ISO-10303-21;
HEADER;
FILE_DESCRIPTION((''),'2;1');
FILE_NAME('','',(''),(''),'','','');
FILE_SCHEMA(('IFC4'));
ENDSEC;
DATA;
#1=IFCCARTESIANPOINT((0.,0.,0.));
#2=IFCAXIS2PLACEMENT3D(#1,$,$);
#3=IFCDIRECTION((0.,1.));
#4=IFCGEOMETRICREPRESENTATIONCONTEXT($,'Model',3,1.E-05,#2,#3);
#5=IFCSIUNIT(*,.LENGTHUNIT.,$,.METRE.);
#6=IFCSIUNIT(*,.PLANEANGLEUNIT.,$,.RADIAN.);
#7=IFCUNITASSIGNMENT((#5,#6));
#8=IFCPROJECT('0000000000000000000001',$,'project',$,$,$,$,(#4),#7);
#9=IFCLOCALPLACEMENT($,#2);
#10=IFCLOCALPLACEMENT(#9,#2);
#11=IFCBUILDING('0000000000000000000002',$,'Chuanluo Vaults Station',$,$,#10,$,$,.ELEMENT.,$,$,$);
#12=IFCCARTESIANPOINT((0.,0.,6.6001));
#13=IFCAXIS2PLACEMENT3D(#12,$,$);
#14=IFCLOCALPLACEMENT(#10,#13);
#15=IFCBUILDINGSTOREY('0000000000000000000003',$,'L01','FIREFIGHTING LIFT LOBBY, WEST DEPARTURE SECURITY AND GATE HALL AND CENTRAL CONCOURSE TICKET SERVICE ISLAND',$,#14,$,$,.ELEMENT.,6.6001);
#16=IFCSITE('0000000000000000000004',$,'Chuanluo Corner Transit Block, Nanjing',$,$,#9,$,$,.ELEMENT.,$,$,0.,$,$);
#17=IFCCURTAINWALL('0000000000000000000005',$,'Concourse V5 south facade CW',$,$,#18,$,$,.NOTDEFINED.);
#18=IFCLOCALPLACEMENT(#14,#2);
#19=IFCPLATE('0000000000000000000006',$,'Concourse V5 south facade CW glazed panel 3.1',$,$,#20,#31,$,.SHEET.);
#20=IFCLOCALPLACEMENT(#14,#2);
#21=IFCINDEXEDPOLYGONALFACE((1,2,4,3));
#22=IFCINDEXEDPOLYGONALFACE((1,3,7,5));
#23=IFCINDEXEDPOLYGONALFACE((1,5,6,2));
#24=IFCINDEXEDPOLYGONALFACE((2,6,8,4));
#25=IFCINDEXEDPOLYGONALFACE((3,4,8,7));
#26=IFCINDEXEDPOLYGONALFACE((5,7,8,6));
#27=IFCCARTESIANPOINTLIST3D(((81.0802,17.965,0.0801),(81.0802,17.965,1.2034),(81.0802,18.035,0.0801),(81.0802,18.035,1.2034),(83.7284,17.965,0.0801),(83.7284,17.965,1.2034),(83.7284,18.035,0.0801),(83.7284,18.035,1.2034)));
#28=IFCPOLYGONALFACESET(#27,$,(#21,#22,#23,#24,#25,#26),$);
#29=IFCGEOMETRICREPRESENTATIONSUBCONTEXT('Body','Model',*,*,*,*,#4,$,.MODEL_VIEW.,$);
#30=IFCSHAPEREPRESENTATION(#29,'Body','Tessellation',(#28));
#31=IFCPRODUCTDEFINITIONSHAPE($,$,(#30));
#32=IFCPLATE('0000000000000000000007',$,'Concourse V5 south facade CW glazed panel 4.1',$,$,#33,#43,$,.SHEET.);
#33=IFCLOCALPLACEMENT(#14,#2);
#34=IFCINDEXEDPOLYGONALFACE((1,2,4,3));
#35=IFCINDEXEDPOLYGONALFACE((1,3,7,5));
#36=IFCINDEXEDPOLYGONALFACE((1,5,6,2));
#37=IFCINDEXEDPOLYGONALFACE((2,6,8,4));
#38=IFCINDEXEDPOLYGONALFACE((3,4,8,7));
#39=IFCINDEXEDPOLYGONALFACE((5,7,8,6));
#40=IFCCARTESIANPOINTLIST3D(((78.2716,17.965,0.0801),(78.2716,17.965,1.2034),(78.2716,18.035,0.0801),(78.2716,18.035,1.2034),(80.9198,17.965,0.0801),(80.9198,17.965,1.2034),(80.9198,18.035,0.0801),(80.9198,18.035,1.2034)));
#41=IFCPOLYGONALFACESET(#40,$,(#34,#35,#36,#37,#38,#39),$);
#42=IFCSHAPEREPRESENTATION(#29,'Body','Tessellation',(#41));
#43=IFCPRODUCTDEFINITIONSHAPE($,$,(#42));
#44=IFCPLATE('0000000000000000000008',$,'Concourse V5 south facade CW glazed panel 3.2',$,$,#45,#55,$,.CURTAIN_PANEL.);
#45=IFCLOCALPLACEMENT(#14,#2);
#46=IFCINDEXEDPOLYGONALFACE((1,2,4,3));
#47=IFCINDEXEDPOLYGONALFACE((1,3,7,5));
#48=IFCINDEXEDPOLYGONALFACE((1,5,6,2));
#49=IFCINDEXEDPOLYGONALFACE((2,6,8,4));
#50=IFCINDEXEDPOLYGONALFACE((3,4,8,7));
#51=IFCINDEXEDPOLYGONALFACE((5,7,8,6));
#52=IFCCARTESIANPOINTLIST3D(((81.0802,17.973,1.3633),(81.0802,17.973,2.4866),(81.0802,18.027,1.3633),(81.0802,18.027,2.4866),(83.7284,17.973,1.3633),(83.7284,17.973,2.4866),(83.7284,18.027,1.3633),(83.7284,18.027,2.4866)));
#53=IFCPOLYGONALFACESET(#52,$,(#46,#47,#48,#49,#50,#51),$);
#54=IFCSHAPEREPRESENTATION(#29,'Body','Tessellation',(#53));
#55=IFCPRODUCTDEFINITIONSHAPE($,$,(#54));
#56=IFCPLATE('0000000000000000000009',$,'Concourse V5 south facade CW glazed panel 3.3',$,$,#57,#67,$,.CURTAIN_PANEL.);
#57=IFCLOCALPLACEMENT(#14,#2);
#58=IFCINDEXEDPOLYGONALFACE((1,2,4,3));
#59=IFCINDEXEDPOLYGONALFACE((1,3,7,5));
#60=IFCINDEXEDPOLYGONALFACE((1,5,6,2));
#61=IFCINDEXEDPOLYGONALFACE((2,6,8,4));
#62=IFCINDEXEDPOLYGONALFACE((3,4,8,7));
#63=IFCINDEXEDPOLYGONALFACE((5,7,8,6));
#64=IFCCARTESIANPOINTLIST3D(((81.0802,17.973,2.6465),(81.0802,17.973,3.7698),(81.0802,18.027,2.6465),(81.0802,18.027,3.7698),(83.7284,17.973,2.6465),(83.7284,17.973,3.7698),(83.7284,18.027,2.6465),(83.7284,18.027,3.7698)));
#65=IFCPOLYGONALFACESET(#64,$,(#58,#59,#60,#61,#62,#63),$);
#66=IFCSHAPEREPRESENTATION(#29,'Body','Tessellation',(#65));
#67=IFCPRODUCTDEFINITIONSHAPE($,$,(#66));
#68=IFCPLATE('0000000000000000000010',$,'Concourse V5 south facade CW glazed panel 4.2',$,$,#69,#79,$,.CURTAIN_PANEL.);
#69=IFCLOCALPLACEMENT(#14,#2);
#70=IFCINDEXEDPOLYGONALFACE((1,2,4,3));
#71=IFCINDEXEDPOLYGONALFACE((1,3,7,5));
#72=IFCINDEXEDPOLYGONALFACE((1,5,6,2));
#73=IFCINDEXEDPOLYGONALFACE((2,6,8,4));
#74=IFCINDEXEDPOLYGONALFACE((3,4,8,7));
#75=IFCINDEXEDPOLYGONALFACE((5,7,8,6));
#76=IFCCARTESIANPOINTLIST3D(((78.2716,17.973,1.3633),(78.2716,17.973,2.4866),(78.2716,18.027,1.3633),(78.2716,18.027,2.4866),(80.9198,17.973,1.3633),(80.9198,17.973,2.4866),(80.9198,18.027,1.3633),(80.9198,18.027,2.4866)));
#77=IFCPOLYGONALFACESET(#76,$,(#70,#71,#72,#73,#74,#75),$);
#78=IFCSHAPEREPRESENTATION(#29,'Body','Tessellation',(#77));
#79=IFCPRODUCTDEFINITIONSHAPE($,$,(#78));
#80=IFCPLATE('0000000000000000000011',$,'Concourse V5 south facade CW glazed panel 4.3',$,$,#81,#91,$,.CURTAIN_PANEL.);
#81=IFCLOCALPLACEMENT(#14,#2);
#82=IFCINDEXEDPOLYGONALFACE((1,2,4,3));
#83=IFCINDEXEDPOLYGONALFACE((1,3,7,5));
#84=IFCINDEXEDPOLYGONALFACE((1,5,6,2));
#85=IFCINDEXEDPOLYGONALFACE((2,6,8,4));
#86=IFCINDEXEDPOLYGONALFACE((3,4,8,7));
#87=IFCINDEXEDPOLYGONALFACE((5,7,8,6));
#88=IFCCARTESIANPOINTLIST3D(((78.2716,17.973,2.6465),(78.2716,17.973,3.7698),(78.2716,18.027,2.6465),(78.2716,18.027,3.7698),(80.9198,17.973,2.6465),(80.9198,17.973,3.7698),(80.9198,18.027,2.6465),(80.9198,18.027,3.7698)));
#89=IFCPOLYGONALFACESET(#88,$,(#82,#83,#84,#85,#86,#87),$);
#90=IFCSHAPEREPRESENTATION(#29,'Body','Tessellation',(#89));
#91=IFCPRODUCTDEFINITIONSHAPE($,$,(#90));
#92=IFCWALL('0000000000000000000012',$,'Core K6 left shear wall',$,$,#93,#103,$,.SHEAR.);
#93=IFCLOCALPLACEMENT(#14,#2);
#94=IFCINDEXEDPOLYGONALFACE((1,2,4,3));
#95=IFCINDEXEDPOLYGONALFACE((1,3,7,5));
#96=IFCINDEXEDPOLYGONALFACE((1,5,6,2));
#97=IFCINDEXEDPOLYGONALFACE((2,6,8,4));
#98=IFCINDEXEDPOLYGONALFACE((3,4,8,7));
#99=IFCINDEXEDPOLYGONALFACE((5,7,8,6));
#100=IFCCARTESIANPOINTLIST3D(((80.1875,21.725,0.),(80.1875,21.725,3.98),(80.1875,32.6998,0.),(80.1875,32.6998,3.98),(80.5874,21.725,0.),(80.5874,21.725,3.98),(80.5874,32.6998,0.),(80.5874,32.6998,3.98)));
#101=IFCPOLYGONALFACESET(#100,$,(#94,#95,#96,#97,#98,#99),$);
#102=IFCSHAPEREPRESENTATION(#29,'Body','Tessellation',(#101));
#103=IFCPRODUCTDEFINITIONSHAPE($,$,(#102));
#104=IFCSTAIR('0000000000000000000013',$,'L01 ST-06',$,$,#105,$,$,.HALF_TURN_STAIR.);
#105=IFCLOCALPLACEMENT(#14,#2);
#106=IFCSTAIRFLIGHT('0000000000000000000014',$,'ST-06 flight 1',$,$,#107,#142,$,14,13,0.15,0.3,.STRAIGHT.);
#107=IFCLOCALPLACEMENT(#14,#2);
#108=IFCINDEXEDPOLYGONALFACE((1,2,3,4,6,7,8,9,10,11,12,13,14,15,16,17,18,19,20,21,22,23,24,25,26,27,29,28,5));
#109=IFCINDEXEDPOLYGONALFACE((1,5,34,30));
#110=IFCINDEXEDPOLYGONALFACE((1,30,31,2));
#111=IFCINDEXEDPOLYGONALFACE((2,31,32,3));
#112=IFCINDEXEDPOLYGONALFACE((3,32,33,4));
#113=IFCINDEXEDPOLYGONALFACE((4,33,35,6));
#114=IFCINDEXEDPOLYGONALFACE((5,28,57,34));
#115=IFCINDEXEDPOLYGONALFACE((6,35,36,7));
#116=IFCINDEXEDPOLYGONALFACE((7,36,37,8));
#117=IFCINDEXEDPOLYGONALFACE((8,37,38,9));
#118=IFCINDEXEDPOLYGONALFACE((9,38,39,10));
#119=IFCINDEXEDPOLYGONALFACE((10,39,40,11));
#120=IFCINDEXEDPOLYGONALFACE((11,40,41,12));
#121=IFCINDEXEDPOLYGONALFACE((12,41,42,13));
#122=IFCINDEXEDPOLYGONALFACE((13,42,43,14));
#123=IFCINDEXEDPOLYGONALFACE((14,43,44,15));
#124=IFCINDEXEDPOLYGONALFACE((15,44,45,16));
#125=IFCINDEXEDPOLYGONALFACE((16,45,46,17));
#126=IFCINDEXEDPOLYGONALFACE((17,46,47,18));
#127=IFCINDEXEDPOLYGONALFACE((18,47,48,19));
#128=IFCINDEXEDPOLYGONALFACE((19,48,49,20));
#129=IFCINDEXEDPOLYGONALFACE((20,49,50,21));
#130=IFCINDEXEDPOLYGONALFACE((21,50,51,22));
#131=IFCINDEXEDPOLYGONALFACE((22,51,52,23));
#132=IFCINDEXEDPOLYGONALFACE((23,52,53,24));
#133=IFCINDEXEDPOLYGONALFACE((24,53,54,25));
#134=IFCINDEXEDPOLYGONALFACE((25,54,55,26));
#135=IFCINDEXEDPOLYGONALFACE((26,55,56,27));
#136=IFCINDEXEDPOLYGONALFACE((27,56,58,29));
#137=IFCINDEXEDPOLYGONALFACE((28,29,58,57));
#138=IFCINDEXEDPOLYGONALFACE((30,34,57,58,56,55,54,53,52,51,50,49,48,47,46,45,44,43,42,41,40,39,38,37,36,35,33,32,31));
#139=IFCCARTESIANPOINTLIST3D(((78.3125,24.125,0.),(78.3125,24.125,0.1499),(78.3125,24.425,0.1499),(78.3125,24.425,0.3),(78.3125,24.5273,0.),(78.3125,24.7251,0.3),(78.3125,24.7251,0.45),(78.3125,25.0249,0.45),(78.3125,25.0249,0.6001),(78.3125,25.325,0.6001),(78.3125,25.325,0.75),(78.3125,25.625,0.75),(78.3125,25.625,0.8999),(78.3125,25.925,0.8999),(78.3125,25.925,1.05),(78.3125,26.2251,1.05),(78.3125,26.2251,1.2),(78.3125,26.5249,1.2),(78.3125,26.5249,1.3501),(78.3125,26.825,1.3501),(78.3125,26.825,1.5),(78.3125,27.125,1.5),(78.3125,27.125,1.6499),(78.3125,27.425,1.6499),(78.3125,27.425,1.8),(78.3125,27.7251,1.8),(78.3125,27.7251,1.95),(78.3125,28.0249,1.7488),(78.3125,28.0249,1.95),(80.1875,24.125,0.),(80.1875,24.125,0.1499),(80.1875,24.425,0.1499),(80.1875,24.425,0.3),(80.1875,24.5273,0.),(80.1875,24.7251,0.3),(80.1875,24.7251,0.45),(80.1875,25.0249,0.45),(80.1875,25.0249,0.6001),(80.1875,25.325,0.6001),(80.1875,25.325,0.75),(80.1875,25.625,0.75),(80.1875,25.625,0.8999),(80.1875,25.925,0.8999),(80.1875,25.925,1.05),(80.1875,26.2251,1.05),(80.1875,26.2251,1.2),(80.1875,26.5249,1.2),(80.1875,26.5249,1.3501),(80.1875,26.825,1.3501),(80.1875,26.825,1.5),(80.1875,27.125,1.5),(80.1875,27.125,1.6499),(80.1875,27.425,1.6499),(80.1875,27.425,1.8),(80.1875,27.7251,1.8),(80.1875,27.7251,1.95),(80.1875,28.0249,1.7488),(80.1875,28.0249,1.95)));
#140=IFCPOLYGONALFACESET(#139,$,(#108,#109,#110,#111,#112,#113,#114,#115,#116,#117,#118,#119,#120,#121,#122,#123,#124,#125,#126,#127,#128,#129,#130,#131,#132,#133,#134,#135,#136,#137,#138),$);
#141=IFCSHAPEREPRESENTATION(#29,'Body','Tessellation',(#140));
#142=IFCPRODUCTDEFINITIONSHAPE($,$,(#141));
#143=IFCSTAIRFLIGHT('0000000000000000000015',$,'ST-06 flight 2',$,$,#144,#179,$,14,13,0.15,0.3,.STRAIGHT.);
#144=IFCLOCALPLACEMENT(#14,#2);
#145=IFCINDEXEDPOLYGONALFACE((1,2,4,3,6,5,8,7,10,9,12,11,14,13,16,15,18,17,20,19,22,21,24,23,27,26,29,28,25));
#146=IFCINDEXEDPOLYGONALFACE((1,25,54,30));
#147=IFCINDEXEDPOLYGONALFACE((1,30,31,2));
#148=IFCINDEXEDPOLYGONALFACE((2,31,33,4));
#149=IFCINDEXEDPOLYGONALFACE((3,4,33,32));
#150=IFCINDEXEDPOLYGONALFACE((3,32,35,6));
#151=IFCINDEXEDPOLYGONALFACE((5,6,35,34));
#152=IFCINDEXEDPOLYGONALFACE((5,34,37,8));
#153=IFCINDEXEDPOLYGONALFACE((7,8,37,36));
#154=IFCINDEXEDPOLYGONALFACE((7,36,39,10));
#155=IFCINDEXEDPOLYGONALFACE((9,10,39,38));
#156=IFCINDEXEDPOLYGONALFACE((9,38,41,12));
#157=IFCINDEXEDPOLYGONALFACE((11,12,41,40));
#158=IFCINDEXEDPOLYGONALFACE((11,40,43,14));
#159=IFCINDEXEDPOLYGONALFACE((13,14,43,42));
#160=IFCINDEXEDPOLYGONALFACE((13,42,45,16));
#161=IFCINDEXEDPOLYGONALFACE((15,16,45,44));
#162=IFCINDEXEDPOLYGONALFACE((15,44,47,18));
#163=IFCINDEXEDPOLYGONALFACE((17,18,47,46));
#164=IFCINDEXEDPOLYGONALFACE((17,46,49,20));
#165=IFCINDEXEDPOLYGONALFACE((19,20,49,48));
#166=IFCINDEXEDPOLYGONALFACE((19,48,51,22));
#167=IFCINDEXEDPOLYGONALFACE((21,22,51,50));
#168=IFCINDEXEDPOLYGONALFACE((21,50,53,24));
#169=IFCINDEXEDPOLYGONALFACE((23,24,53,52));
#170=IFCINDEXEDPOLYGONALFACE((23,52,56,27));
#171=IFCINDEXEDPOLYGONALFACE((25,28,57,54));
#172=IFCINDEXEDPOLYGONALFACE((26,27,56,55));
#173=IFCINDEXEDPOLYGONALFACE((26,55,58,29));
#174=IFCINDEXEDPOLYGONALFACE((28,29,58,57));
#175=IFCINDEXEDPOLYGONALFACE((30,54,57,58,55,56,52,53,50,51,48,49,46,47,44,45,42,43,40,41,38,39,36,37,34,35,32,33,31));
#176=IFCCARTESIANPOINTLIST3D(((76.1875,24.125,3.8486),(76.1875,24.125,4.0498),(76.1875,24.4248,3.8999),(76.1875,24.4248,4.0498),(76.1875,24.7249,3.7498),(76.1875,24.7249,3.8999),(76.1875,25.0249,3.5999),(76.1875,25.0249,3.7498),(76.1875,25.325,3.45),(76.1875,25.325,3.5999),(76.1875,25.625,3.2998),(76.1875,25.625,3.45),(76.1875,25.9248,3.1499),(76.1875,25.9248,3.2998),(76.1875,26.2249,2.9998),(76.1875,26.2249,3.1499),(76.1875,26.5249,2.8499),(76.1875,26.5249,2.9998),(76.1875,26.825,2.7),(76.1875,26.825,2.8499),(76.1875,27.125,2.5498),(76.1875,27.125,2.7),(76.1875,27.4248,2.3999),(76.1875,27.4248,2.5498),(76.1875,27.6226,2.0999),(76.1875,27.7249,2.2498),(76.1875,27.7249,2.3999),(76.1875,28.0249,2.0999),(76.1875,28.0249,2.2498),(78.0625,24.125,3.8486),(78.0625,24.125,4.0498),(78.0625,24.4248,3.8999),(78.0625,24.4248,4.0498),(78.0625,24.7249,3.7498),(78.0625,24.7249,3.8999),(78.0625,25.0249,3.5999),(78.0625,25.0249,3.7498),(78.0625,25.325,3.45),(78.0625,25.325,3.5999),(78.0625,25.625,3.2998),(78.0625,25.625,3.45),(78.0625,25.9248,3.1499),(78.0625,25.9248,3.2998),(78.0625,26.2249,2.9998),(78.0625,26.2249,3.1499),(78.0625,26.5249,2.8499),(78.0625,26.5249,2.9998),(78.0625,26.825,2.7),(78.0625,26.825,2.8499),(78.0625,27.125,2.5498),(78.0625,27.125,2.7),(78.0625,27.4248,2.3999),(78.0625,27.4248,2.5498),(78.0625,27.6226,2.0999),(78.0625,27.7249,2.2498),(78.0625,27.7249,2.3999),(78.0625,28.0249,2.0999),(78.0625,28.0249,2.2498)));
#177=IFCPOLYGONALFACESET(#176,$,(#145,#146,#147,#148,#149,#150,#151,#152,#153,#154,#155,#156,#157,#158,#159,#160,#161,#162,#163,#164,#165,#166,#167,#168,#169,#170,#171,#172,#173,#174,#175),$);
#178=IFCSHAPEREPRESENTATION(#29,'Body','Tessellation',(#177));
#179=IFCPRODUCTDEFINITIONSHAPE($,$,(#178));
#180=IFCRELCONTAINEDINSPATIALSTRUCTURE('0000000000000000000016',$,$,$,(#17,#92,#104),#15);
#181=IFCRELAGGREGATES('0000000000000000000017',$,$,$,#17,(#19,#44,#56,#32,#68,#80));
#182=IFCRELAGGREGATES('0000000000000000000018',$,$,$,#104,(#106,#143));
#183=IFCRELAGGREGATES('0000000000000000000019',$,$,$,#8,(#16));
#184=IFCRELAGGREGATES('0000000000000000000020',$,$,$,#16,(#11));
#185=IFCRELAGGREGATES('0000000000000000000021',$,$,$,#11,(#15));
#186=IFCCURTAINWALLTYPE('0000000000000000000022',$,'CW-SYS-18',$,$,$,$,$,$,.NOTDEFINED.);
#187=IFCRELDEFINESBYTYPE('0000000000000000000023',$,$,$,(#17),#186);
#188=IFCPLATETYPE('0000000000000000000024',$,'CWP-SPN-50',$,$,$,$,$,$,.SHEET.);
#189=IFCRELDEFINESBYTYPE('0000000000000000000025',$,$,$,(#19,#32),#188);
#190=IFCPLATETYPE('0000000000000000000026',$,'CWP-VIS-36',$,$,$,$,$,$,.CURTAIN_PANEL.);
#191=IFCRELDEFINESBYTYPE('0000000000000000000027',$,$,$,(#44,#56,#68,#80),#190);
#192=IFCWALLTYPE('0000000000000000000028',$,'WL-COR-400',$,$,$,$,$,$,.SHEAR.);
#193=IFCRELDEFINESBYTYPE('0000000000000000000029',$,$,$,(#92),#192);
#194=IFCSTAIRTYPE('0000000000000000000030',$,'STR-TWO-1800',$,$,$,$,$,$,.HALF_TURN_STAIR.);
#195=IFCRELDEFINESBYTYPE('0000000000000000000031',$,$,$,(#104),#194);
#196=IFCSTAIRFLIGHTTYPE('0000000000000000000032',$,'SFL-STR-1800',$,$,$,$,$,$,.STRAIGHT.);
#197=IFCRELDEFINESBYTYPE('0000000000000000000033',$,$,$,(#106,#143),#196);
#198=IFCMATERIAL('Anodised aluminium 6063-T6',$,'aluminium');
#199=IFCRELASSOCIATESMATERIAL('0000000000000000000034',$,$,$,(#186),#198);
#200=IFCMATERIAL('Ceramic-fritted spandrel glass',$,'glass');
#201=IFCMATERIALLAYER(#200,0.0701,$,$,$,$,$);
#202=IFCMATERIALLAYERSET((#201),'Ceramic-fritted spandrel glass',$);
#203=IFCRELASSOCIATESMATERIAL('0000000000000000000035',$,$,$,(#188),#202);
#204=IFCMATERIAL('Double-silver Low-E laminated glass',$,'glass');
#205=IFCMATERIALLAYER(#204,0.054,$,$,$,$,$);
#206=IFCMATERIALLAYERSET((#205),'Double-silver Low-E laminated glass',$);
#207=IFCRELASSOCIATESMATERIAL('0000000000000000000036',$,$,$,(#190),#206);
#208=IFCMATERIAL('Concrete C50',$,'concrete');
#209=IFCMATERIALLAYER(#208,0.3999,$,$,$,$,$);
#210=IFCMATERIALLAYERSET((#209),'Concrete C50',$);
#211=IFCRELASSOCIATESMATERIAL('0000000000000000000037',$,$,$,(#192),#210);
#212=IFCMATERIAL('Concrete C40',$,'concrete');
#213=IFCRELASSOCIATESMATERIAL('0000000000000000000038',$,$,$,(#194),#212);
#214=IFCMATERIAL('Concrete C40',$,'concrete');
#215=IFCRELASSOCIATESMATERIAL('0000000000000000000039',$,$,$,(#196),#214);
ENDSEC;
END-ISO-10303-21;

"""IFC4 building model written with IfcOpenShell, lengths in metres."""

from ifc_helpers import new_model, si_unit, direction, frame, frame_2d, origin, origin_2d, place, context, subcontext, project, spatial, polyline, rectangle, outline, extrude, material, layer, layer_set, type_object, element, aggregate, save


model = new_model("IFC4")

# Units and contexts
model_context = context("Model", 3, precision=1e-05, world=origin(), true_north=direction((0.0, 1.0)))
body_context = subcontext(model_context, "Body", "Model", "MODEL_VIEW")
ifc_project = project(units=[si_unit("LENGTHUNIT", "METRE"), si_unit("PLANEANGLEUNIT", "RADIAN")], contexts=[model_context])

# Site, building, storey
site_placement = place(None, origin())
site = spatial("IfcSite", under=ifc_project, at=site_placement, Name="Chuanluo Corner Transit Block, Nanjing", CompositionType="ELEMENT", RefElevation=0.0)
building_placement = place(site_placement, origin())
building = spatial("IfcBuilding", under=site, at=building_placement, Name="Chuanluo Vaults Station", CompositionType="ELEMENT")
storey_placement = place(building_placement, frame((0.0, 0.0, 6.6001)))
storey = spatial("IfcBuildingStorey", under=building, at=storey_placement, Name="L01", Description="FIREFIGHTING LIFT LOBBY, WEST DEPARTURE SECURITY AND GATE HALL AND CENTRAL CONCOURSE TICKET SERVICE ISLAND", CompositionType="ELEMENT", Elevation=6.6001)

# Curtain wall
ifc_material_1 = material(Name="Anodised aluminium 6063-T6", Category="aluminium")
curtain_wall_type = type_object("IfcCurtainWallType", Name="CW-SYS-18", PredefinedType="NOTDEFINED", material=ifc_material_1)
curtain_wall_placement = place(storey_placement, origin())
curtain_wall = element("IfcCurtainWall", 1, at=curtain_wall_placement, inside=storey, type_object=curtain_wall_type, Name="Concourse V5 south facade CW", PredefinedType="NOTDEFINED")

# Plates
ifc_material_2 = material(Name="Ceramic-fritted spandrel glass", Category="glass")
ifc_layer_1 = layer(ifc_material_2, 0.0701)
ifc_layer_set_1 = layer_set([ifc_layer_1], Name="Ceramic-fritted spandrel glass")
plate_type_1 = type_object("IfcPlateType", Name="CWP-SPN-50", PredefinedType="SHEET", material=ifc_layer_set_1)
plate_1_placement = place(storey_placement, frame((82.4043, 18.0, 0.0801), z_axis=(0.0, 0.0, 1.0), x_axis=(-1.0, 0.0, 0.0)))
plate_1 = element("IfcPlate", 2, at=plate_1_placement, type_object=plate_type_1, Name="Concourse V5 south facade CW glazed panel 3.1", PredefinedType="SHEET", context=body_context, shape_type="SweptSolid", body=[
    extrude(rectangle(XDim=2.6482, YDim=0.0701, at=origin_2d()), origin(), (0.0, 0.0, 1.0), 1.1233),
])
plate_2_placement = place(storey_placement, frame((79.5957, 18.0, 0.0801), z_axis=(0.0, 0.0, 1.0), x_axis=(-1.0, 0.0, 0.0)))
plate_2 = element("IfcPlate", 3, at=plate_2_placement, type_object=plate_type_1, Name="Concourse V5 south facade CW glazed panel 4.1", PredefinedType="SHEET", context=body_context, shape_type="SweptSolid", body=[
    extrude(rectangle(XDim=2.6482, YDim=0.0701, at=origin_2d()), origin(), (0.0, 0.0, 1.0), 1.1233),
])
ifc_material_3 = material(Name="Double-silver Low-E laminated glass", Category="glass")
ifc_layer_2 = layer(ifc_material_3, 0.054)
ifc_layer_set_2 = layer_set([ifc_layer_2], Name="Double-silver Low-E laminated glass")
plate_type_2 = type_object("IfcPlateType", Name="CWP-VIS-36", PredefinedType="CURTAIN_PANEL", material=ifc_layer_set_2)
plate_3_placement = place(storey_placement, frame((82.4043, 18.0, 1.3633), z_axis=(0.0, 0.0, 1.0), x_axis=(-1.0, 0.0, 0.0)))
plate_3 = element("IfcPlate", 4, at=plate_3_placement, type_object=plate_type_2, Name="Concourse V5 south facade CW glazed panel 3.2", PredefinedType="CURTAIN_PANEL", context=body_context, shape_type="SweptSolid", body=[
    extrude(rectangle(XDim=2.6482, YDim=0.054, at=origin_2d()), origin(), (0.0, 0.0, 1.0), 1.1233),
])
plate_4_placement = place(storey_placement, frame((82.4043, 18.0, 2.6465), z_axis=(0.0, 0.0, 1.0), x_axis=(-1.0, 0.0, 0.0)))
plate_4 = element("IfcPlate", 5, at=plate_4_placement, type_object=plate_type_2, Name="Concourse V5 south facade CW glazed panel 3.3", PredefinedType="CURTAIN_PANEL", context=body_context, shape_type="SweptSolid", body=[
    extrude(rectangle(XDim=2.6482, YDim=0.054, at=origin_2d()), origin(), (0.0, 0.0, 1.0), 1.1233),
])
plate_5_placement = place(storey_placement, frame((79.5957, 18.0, 1.3633), z_axis=(0.0, 0.0, 1.0), x_axis=(-1.0, 0.0, 0.0)))
plate_5 = element("IfcPlate", 6, at=plate_5_placement, type_object=plate_type_2, Name="Concourse V5 south facade CW glazed panel 4.2", PredefinedType="CURTAIN_PANEL", context=body_context, shape_type="SweptSolid", body=[
    extrude(rectangle(XDim=2.6482, YDim=0.054, at=origin_2d()), origin(), (0.0, 0.0, 1.0), 1.1233),
])
plate_6_placement = place(storey_placement, frame((79.5957, 18.0, 2.6465), z_axis=(0.0, 0.0, 1.0), x_axis=(-1.0, 0.0, 0.0)))
plate_6 = element("IfcPlate", 7, at=plate_6_placement, type_object=plate_type_2, Name="Concourse V5 south facade CW glazed panel 4.3", PredefinedType="CURTAIN_PANEL", context=body_context, shape_type="SweptSolid", body=[
    extrude(rectangle(XDim=2.6482, YDim=0.054, at=origin_2d()), origin(), (0.0, 0.0, 1.0), 1.1233),
])
aggregate(curtain_wall, [plate_1, plate_3, plate_4, plate_2, plate_5, plate_6])

# Wall
ifc_material_4 = material(Name="Concrete C50", Category="concrete")
ifc_layer_3 = layer(ifc_material_4, 0.3999)
ifc_layer_set_3 = layer_set([ifc_layer_3], Name="Concrete C50")
wall_type = type_object("IfcWallType", Name="WL-COR-400", PredefinedType="SHEAR", material=ifc_layer_set_3)
wall_placement = place(storey_placement, frame((80.3875, 21.7251, 0.0), z_axis=(0.0, 0.0, 1.0), x_axis=(0.0, 1.0, 0.0)))
element("IfcWall", 8, at=wall_placement, inside=storey, type_object=wall_type, Name="Core K6 left shear wall", PredefinedType="SHEAR", context=body_context, shape_type="SweptSolid", body=[
    extrude(rectangle(XDim=10.9749, YDim=0.3999, at=frame_2d((5.4873, 0.0))), origin(), (0.0, 0.0, 1.0), 3.98),
])

# Stair, stair flights
ifc_material_5 = material(Name="Concrete C40", Category="concrete")
stair_type = type_object("IfcStairType", Name="STR-TWO-1800", PredefinedType="HALF_TURN_STAIR", material=ifc_material_5)
stair_placement = place(storey_placement, origin())
stair = element("IfcStair", 9, at=stair_placement, inside=storey, type_object=stair_type, Name="L01 ST-06", PredefinedType="HALF_TURN_STAIR")
ifc_material_6 = material(Name="Concrete C40", Category="concrete")
stair_flight_type = type_object("IfcStairFlightType", Name="SFL-STR-1800", PredefinedType="STRAIGHT", material=ifc_material_6)
stair_flight_1_placement = place(storey_placement, frame((79.25, 24.125, 0.0), z_axis=(0.0, 0.0, 1.0), x_axis=(0.0, 1.0, 0.0)))
stair_flight_1 = element("IfcStairFlight", 10, at=stair_flight_1_placement, type_object=stair_flight_type, Name="ST-06 flight 1", NumberOfRisers=14, NumberOfTreads=13, PredefinedType="STRAIGHT", RiserHeight=0.15, TreadLength=0.3, context=body_context, shape_type="SweptSolid", body=[
    extrude(outline(polyline([(0.0, 0.0), (0.0, 0.1499), (0.3, 0.1499), (0.3, 0.3), (0.6001, 0.3), (0.6001, 0.45), (0.8999, 0.45), (0.8999, 0.6001), (1.2, 0.6001), (1.2, 0.75), (1.5, 0.75), (1.5, 0.8999), (1.8, 0.8999), (1.8, 1.05), (2.1001, 1.05), (2.1001, 1.2), (2.3999, 1.2), (2.3999, 1.3501), (2.7, 1.3501), (2.7, 1.5), (3.0, 1.5), (3.0, 1.6499), (3.3, 1.6499), (3.3, 1.8), (3.6001, 1.8), (3.6001, 1.95), (3.8999, 1.95), (3.8999, 2.1001), (3.8999, 1.7488), (0.4023, 0.0), (0.0, 0.0)])), frame((0.0, 0.9375, 0.0), z_axis=(0.0, -1.0, 0.0), x_axis=(1.0, 0.0, 0.0)), (0.0, 0.0, 1.0), 1.875),
])
stair_flight_2_placement = place(storey_placement, frame((77.125, 28.0249, 2.0999), z_axis=(0.0, 0.0, 1.0), x_axis=(0.0, -1.0, 0.0)))
stair_flight_2 = element("IfcStairFlight", 11, at=stair_flight_2_placement, type_object=stair_flight_type, Name="ST-06 flight 2", NumberOfRisers=14, NumberOfTreads=13, PredefinedType="STRAIGHT", RiserHeight=0.15, TreadLength=0.3, context=body_context, shape_type="SweptSolid", body=[
    extrude(outline(polyline([(0.0, 0.0), (0.0, 0.1499), (0.3, 0.1499), (0.3, 0.3), (0.6001, 0.3), (0.6001, 0.45), (0.8999, 0.45), (0.8999, 0.6001), (1.2, 0.6001), (1.2, 0.75), (1.5, 0.75), (1.5, 0.8999), (1.8, 0.8999), (1.8, 1.05), (2.1001, 1.05), (2.1001, 1.2), (2.3999, 1.2), (2.3999, 1.3501), (2.7, 1.3501), (2.7, 1.5), (3.0, 1.5), (3.0, 1.6499), (3.3, 1.6499), (3.3, 1.8), (3.6001, 1.8), (3.6001, 1.95), (3.8999, 1.95), (3.8999, 2.1001), (3.8999, 1.7488), (0.4023, 0.0), (0.0, 0.0)])), frame((0.0, 0.9375, 0.0), z_axis=(0.0, -1.0, 0.0), x_axis=(1.0, 0.0, 0.0)), (0.0, 0.0, 1.0), 1.875),
])
aggregate(stair, [stair_flight_1, stair_flight_2])

save(model, "model.ifc")
